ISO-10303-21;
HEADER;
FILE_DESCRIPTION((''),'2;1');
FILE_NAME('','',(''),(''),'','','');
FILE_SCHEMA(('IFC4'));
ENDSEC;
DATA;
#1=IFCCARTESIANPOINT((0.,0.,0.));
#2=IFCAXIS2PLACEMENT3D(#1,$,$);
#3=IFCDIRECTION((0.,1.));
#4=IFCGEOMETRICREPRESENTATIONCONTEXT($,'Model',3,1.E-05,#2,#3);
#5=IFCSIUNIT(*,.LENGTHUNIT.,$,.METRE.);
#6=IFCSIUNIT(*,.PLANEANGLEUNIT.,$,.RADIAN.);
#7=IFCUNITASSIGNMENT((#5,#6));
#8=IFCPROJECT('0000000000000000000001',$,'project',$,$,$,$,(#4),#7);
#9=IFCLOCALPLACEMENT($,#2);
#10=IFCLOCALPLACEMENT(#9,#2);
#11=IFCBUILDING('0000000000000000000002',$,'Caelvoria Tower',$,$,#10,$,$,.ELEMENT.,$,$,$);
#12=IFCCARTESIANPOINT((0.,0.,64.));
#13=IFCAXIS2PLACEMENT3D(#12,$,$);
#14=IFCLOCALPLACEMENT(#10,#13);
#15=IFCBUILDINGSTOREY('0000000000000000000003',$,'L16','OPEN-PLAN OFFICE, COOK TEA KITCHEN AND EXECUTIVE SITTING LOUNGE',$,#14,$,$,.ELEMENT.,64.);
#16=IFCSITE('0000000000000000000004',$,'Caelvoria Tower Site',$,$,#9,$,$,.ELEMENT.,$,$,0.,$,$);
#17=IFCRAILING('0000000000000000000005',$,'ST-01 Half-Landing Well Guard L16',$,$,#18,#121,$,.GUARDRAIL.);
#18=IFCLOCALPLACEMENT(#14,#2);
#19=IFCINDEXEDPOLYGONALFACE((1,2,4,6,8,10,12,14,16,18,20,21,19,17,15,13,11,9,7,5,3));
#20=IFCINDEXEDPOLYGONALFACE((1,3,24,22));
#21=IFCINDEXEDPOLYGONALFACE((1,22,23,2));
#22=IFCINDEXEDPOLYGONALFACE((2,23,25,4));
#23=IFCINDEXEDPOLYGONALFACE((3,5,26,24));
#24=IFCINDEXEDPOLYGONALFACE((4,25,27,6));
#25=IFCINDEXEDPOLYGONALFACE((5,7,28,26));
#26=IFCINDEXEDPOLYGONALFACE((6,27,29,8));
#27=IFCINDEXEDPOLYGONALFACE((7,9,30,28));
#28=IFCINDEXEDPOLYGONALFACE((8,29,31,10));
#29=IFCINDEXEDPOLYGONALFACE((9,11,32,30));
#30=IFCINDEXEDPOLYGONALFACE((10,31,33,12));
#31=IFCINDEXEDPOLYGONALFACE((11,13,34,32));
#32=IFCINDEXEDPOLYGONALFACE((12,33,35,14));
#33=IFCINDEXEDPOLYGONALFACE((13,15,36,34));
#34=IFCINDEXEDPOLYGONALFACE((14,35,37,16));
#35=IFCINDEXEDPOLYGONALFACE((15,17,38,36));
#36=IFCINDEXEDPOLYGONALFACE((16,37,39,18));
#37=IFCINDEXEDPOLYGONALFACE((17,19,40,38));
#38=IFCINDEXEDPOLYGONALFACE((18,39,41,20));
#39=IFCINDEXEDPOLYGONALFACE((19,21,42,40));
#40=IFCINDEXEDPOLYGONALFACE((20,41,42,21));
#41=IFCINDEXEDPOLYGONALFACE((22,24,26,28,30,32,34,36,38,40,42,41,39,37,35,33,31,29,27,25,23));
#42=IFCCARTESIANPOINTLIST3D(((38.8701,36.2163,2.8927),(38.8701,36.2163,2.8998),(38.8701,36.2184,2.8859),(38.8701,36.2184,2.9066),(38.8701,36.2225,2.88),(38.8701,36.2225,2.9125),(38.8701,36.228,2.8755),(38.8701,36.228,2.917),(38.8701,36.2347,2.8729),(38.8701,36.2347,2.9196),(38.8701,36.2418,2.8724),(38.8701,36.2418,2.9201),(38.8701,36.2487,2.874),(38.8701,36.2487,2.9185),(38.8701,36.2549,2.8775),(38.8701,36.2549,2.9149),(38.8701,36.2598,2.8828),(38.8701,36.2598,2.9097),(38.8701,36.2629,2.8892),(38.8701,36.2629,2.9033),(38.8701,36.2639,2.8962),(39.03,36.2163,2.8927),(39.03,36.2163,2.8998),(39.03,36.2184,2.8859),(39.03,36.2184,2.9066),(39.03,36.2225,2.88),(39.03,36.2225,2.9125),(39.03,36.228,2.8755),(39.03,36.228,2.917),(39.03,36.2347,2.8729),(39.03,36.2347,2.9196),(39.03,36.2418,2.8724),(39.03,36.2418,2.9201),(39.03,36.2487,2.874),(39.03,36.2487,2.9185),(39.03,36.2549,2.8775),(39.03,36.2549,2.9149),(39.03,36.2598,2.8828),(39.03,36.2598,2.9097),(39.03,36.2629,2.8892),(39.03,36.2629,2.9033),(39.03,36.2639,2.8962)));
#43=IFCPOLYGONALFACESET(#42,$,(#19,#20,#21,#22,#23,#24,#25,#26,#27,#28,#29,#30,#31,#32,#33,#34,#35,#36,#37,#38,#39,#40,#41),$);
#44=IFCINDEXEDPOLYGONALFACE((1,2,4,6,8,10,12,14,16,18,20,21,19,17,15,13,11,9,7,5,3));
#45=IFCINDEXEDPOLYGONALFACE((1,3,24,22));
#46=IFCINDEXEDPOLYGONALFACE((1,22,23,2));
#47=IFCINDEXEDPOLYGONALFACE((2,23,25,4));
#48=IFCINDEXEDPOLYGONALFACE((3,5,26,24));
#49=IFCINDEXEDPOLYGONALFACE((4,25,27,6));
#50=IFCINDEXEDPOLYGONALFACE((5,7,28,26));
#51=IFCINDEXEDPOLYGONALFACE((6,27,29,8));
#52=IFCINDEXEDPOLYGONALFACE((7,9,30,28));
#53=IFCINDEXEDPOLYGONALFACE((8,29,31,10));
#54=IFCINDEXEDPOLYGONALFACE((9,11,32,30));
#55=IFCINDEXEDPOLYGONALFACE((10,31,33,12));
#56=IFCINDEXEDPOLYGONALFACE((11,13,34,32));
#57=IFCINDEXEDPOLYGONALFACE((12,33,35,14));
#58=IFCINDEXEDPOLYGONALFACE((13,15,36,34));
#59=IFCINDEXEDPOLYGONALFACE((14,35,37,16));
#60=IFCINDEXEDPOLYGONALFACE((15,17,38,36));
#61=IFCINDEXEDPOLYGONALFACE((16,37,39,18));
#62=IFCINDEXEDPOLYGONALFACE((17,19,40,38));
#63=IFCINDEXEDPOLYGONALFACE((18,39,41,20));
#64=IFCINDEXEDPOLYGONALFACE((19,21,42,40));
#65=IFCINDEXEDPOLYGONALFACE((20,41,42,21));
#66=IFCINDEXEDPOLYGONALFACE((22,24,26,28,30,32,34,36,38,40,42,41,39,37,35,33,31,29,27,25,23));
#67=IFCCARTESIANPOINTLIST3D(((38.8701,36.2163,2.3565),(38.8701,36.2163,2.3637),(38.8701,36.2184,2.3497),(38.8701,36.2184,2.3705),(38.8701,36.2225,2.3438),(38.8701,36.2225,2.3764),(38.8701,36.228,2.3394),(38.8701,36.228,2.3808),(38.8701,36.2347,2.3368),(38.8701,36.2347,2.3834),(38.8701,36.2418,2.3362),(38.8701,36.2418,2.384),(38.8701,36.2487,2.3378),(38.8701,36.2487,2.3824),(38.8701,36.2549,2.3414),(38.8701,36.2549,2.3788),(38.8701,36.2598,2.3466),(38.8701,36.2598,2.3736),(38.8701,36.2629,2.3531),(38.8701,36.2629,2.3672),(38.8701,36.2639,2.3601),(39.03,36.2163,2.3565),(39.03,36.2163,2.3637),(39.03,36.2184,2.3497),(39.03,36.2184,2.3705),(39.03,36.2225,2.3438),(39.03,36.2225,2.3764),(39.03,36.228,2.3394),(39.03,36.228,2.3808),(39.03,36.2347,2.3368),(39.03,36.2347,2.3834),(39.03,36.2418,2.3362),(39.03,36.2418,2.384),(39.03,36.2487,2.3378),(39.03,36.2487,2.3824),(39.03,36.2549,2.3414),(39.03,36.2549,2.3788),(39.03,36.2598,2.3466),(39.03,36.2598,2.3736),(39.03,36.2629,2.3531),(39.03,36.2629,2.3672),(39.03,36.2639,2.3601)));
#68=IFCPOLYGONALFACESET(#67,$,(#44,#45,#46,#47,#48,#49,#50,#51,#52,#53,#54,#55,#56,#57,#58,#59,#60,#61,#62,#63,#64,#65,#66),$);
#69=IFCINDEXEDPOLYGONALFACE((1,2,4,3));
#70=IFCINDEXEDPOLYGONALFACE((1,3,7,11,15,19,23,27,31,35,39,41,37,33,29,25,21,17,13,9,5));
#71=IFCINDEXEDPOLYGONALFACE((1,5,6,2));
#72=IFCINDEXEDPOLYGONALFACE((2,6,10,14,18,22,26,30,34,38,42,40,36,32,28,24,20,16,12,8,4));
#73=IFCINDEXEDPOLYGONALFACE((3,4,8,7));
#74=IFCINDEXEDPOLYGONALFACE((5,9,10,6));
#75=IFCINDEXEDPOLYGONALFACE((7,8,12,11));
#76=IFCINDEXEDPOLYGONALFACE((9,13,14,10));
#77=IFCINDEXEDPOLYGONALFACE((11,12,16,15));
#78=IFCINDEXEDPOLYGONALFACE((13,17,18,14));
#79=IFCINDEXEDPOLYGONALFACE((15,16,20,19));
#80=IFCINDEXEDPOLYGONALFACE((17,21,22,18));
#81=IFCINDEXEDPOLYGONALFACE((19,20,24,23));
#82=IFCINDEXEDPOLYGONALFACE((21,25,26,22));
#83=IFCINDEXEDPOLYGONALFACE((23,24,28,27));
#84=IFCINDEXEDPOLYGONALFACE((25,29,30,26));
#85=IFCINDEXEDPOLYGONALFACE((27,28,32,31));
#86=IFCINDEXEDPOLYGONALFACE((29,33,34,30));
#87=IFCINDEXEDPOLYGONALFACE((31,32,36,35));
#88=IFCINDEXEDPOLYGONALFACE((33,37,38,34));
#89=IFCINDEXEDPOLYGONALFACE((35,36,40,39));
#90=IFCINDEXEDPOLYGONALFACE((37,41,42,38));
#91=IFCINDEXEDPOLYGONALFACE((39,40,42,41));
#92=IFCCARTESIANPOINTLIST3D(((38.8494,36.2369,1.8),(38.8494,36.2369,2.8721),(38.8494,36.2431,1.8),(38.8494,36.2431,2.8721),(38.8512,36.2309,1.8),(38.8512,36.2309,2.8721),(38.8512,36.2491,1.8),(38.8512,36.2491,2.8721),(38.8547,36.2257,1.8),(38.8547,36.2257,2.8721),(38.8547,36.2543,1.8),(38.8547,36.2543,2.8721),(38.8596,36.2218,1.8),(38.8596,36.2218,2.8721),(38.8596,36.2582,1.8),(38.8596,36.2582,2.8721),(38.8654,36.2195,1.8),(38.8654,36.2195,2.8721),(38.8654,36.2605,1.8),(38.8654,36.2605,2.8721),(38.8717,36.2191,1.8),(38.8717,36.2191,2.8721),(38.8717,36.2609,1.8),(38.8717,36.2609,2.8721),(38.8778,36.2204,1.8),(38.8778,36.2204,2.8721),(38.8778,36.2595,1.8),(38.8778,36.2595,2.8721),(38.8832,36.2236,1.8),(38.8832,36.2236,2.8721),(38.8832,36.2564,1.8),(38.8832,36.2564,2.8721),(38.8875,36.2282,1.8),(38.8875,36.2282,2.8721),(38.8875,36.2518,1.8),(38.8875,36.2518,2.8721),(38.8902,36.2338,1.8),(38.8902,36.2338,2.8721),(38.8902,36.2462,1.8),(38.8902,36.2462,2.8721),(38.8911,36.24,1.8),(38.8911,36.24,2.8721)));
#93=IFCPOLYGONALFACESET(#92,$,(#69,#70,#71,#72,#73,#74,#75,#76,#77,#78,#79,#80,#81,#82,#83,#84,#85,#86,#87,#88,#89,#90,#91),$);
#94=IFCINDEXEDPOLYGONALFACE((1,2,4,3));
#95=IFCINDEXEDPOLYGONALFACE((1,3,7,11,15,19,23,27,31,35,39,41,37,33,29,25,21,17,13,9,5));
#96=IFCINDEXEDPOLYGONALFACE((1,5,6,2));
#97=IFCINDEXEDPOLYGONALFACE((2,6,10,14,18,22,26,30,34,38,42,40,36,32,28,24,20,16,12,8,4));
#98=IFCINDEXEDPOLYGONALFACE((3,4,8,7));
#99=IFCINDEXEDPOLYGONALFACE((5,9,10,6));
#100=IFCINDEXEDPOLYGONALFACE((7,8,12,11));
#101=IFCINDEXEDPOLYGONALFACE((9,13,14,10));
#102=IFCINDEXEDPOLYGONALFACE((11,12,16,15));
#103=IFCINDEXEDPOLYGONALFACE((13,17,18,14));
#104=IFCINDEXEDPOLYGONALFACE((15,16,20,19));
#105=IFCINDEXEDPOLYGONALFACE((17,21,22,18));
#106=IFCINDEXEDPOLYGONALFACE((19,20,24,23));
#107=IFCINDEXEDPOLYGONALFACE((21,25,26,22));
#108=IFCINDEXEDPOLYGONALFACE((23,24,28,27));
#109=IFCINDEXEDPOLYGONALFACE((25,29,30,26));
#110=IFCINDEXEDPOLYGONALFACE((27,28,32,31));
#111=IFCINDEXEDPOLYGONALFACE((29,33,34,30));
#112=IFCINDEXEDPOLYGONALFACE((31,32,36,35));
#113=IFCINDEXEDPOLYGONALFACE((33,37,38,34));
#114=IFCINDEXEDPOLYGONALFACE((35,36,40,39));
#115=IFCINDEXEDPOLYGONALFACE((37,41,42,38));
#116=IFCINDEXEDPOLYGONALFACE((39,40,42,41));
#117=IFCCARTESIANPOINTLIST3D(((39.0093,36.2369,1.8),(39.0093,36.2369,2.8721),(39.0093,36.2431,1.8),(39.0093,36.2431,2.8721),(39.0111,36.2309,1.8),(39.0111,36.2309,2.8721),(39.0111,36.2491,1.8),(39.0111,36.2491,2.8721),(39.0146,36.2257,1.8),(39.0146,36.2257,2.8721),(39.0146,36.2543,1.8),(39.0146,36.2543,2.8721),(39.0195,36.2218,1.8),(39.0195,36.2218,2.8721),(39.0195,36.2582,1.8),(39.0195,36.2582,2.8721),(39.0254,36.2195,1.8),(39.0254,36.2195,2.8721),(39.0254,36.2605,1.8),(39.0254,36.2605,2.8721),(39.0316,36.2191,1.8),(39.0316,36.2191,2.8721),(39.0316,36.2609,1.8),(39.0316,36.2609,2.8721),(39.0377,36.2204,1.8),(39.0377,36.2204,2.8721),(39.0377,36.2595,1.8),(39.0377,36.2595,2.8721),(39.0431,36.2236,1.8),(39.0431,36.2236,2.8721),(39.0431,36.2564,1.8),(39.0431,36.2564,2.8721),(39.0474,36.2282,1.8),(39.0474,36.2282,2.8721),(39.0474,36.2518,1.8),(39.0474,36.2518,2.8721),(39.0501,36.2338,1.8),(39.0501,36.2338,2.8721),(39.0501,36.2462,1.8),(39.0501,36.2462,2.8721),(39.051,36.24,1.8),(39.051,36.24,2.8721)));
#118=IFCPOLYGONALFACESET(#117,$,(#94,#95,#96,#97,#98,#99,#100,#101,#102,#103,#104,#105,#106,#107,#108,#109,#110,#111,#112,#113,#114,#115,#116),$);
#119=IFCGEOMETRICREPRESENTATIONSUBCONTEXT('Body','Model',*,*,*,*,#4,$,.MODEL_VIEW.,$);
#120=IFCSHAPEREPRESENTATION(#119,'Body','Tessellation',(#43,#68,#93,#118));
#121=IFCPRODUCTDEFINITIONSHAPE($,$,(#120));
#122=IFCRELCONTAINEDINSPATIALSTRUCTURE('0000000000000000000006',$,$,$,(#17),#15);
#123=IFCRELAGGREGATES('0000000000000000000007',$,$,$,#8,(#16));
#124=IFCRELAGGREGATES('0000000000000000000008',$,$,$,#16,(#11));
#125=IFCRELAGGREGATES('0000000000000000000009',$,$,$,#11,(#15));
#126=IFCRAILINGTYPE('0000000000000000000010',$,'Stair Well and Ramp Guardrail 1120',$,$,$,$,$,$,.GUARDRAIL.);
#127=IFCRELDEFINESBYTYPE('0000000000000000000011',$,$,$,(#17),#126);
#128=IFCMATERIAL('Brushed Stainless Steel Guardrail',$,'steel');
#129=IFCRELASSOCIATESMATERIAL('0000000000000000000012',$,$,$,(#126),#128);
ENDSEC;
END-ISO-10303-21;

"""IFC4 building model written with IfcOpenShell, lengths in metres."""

from ifc_helpers import new_model, si_unit, direction, frame, origin, origin_2d, place, context, subcontext, project, spatial, circle, extrude, material, type_object, element, save


model = new_model("IFC4")

# Units and contexts
model_context = context("Model", 3, precision=1e-05, world=origin(), true_north=direction((0.0, 1.0)))
body_context = subcontext(model_context, "Body", "Model", "MODEL_VIEW")
ifc_project = project(units=[si_unit("LENGTHUNIT", "METRE"), si_unit("PLANEANGLEUNIT", "RADIAN")], contexts=[model_context])

# Site, building, storey
site_placement = place(None, origin())
site = spatial("IfcSite", under=ifc_project, at=site_placement, Name="Caelvoria Tower Site", CompositionType="ELEMENT", RefElevation=0.0)
building_placement = place(site_placement, origin())
building = spatial("IfcBuilding", under=site, at=building_placement, Name="Caelvoria Tower", CompositionType="ELEMENT")
storey_placement = place(building_placement, frame((0.0, 0.0, 64.0)))
storey = spatial("IfcBuildingStorey", under=building, at=storey_placement, Name="L16", Description="OPEN-PLAN OFFICE, COOK TEA KITCHEN AND EXECUTIVE SITTING LOUNGE", CompositionType="ELEMENT", Elevation=64.0)

# Railing
ifc_material_1 = material(Name="Brushed Stainless Steel Guardrail", Category="steel")
railing_type_1 = type_object("IfcRailingType", Name="Stair Well and Ramp Guardrail 1120", PredefinedType="GUARDRAIL", material=ifc_material_1)
railing_1_placement = place(storey_placement, frame((38.8701, 36.24, 1.8)))
element("IfcRailing", 1, at=railing_1_placement, inside=storey, type_object=railing_type_1, Name="ST-01 Half-Landing Well Guard L16", PredefinedType="GUARDRAIL", context=body_context, shape_type="SweptSolid", body=[
    extrude(circle(Radius=0.0239, at=origin_2d()), frame((0.0, 0.0, 1.0962), z_axis=(1.0, 0.0, 0.0), x_axis=(0.0, 1.0, 0.0)), (0.0, 0.0, 1.0), 0.1599),
    extrude(circle(Radius=0.0239, at=origin_2d()), frame((0.0, 0.0, 0.5601), z_axis=(1.0, 0.0, 0.0), x_axis=(0.0, 1.0, 0.0)), (0.0, 0.0, 1.0), 0.1599),
    extrude(circle(Radius=0.021, at=origin_2d()), origin(), (0.0, 0.0, 1.0), 1.072),
    extrude(circle(Radius=0.021, at=origin_2d()), frame((0.1599, 0.0, 0.0)), (0.0, 0.0, 1.0), 1.072),
])

save(model, "model.ifc")
